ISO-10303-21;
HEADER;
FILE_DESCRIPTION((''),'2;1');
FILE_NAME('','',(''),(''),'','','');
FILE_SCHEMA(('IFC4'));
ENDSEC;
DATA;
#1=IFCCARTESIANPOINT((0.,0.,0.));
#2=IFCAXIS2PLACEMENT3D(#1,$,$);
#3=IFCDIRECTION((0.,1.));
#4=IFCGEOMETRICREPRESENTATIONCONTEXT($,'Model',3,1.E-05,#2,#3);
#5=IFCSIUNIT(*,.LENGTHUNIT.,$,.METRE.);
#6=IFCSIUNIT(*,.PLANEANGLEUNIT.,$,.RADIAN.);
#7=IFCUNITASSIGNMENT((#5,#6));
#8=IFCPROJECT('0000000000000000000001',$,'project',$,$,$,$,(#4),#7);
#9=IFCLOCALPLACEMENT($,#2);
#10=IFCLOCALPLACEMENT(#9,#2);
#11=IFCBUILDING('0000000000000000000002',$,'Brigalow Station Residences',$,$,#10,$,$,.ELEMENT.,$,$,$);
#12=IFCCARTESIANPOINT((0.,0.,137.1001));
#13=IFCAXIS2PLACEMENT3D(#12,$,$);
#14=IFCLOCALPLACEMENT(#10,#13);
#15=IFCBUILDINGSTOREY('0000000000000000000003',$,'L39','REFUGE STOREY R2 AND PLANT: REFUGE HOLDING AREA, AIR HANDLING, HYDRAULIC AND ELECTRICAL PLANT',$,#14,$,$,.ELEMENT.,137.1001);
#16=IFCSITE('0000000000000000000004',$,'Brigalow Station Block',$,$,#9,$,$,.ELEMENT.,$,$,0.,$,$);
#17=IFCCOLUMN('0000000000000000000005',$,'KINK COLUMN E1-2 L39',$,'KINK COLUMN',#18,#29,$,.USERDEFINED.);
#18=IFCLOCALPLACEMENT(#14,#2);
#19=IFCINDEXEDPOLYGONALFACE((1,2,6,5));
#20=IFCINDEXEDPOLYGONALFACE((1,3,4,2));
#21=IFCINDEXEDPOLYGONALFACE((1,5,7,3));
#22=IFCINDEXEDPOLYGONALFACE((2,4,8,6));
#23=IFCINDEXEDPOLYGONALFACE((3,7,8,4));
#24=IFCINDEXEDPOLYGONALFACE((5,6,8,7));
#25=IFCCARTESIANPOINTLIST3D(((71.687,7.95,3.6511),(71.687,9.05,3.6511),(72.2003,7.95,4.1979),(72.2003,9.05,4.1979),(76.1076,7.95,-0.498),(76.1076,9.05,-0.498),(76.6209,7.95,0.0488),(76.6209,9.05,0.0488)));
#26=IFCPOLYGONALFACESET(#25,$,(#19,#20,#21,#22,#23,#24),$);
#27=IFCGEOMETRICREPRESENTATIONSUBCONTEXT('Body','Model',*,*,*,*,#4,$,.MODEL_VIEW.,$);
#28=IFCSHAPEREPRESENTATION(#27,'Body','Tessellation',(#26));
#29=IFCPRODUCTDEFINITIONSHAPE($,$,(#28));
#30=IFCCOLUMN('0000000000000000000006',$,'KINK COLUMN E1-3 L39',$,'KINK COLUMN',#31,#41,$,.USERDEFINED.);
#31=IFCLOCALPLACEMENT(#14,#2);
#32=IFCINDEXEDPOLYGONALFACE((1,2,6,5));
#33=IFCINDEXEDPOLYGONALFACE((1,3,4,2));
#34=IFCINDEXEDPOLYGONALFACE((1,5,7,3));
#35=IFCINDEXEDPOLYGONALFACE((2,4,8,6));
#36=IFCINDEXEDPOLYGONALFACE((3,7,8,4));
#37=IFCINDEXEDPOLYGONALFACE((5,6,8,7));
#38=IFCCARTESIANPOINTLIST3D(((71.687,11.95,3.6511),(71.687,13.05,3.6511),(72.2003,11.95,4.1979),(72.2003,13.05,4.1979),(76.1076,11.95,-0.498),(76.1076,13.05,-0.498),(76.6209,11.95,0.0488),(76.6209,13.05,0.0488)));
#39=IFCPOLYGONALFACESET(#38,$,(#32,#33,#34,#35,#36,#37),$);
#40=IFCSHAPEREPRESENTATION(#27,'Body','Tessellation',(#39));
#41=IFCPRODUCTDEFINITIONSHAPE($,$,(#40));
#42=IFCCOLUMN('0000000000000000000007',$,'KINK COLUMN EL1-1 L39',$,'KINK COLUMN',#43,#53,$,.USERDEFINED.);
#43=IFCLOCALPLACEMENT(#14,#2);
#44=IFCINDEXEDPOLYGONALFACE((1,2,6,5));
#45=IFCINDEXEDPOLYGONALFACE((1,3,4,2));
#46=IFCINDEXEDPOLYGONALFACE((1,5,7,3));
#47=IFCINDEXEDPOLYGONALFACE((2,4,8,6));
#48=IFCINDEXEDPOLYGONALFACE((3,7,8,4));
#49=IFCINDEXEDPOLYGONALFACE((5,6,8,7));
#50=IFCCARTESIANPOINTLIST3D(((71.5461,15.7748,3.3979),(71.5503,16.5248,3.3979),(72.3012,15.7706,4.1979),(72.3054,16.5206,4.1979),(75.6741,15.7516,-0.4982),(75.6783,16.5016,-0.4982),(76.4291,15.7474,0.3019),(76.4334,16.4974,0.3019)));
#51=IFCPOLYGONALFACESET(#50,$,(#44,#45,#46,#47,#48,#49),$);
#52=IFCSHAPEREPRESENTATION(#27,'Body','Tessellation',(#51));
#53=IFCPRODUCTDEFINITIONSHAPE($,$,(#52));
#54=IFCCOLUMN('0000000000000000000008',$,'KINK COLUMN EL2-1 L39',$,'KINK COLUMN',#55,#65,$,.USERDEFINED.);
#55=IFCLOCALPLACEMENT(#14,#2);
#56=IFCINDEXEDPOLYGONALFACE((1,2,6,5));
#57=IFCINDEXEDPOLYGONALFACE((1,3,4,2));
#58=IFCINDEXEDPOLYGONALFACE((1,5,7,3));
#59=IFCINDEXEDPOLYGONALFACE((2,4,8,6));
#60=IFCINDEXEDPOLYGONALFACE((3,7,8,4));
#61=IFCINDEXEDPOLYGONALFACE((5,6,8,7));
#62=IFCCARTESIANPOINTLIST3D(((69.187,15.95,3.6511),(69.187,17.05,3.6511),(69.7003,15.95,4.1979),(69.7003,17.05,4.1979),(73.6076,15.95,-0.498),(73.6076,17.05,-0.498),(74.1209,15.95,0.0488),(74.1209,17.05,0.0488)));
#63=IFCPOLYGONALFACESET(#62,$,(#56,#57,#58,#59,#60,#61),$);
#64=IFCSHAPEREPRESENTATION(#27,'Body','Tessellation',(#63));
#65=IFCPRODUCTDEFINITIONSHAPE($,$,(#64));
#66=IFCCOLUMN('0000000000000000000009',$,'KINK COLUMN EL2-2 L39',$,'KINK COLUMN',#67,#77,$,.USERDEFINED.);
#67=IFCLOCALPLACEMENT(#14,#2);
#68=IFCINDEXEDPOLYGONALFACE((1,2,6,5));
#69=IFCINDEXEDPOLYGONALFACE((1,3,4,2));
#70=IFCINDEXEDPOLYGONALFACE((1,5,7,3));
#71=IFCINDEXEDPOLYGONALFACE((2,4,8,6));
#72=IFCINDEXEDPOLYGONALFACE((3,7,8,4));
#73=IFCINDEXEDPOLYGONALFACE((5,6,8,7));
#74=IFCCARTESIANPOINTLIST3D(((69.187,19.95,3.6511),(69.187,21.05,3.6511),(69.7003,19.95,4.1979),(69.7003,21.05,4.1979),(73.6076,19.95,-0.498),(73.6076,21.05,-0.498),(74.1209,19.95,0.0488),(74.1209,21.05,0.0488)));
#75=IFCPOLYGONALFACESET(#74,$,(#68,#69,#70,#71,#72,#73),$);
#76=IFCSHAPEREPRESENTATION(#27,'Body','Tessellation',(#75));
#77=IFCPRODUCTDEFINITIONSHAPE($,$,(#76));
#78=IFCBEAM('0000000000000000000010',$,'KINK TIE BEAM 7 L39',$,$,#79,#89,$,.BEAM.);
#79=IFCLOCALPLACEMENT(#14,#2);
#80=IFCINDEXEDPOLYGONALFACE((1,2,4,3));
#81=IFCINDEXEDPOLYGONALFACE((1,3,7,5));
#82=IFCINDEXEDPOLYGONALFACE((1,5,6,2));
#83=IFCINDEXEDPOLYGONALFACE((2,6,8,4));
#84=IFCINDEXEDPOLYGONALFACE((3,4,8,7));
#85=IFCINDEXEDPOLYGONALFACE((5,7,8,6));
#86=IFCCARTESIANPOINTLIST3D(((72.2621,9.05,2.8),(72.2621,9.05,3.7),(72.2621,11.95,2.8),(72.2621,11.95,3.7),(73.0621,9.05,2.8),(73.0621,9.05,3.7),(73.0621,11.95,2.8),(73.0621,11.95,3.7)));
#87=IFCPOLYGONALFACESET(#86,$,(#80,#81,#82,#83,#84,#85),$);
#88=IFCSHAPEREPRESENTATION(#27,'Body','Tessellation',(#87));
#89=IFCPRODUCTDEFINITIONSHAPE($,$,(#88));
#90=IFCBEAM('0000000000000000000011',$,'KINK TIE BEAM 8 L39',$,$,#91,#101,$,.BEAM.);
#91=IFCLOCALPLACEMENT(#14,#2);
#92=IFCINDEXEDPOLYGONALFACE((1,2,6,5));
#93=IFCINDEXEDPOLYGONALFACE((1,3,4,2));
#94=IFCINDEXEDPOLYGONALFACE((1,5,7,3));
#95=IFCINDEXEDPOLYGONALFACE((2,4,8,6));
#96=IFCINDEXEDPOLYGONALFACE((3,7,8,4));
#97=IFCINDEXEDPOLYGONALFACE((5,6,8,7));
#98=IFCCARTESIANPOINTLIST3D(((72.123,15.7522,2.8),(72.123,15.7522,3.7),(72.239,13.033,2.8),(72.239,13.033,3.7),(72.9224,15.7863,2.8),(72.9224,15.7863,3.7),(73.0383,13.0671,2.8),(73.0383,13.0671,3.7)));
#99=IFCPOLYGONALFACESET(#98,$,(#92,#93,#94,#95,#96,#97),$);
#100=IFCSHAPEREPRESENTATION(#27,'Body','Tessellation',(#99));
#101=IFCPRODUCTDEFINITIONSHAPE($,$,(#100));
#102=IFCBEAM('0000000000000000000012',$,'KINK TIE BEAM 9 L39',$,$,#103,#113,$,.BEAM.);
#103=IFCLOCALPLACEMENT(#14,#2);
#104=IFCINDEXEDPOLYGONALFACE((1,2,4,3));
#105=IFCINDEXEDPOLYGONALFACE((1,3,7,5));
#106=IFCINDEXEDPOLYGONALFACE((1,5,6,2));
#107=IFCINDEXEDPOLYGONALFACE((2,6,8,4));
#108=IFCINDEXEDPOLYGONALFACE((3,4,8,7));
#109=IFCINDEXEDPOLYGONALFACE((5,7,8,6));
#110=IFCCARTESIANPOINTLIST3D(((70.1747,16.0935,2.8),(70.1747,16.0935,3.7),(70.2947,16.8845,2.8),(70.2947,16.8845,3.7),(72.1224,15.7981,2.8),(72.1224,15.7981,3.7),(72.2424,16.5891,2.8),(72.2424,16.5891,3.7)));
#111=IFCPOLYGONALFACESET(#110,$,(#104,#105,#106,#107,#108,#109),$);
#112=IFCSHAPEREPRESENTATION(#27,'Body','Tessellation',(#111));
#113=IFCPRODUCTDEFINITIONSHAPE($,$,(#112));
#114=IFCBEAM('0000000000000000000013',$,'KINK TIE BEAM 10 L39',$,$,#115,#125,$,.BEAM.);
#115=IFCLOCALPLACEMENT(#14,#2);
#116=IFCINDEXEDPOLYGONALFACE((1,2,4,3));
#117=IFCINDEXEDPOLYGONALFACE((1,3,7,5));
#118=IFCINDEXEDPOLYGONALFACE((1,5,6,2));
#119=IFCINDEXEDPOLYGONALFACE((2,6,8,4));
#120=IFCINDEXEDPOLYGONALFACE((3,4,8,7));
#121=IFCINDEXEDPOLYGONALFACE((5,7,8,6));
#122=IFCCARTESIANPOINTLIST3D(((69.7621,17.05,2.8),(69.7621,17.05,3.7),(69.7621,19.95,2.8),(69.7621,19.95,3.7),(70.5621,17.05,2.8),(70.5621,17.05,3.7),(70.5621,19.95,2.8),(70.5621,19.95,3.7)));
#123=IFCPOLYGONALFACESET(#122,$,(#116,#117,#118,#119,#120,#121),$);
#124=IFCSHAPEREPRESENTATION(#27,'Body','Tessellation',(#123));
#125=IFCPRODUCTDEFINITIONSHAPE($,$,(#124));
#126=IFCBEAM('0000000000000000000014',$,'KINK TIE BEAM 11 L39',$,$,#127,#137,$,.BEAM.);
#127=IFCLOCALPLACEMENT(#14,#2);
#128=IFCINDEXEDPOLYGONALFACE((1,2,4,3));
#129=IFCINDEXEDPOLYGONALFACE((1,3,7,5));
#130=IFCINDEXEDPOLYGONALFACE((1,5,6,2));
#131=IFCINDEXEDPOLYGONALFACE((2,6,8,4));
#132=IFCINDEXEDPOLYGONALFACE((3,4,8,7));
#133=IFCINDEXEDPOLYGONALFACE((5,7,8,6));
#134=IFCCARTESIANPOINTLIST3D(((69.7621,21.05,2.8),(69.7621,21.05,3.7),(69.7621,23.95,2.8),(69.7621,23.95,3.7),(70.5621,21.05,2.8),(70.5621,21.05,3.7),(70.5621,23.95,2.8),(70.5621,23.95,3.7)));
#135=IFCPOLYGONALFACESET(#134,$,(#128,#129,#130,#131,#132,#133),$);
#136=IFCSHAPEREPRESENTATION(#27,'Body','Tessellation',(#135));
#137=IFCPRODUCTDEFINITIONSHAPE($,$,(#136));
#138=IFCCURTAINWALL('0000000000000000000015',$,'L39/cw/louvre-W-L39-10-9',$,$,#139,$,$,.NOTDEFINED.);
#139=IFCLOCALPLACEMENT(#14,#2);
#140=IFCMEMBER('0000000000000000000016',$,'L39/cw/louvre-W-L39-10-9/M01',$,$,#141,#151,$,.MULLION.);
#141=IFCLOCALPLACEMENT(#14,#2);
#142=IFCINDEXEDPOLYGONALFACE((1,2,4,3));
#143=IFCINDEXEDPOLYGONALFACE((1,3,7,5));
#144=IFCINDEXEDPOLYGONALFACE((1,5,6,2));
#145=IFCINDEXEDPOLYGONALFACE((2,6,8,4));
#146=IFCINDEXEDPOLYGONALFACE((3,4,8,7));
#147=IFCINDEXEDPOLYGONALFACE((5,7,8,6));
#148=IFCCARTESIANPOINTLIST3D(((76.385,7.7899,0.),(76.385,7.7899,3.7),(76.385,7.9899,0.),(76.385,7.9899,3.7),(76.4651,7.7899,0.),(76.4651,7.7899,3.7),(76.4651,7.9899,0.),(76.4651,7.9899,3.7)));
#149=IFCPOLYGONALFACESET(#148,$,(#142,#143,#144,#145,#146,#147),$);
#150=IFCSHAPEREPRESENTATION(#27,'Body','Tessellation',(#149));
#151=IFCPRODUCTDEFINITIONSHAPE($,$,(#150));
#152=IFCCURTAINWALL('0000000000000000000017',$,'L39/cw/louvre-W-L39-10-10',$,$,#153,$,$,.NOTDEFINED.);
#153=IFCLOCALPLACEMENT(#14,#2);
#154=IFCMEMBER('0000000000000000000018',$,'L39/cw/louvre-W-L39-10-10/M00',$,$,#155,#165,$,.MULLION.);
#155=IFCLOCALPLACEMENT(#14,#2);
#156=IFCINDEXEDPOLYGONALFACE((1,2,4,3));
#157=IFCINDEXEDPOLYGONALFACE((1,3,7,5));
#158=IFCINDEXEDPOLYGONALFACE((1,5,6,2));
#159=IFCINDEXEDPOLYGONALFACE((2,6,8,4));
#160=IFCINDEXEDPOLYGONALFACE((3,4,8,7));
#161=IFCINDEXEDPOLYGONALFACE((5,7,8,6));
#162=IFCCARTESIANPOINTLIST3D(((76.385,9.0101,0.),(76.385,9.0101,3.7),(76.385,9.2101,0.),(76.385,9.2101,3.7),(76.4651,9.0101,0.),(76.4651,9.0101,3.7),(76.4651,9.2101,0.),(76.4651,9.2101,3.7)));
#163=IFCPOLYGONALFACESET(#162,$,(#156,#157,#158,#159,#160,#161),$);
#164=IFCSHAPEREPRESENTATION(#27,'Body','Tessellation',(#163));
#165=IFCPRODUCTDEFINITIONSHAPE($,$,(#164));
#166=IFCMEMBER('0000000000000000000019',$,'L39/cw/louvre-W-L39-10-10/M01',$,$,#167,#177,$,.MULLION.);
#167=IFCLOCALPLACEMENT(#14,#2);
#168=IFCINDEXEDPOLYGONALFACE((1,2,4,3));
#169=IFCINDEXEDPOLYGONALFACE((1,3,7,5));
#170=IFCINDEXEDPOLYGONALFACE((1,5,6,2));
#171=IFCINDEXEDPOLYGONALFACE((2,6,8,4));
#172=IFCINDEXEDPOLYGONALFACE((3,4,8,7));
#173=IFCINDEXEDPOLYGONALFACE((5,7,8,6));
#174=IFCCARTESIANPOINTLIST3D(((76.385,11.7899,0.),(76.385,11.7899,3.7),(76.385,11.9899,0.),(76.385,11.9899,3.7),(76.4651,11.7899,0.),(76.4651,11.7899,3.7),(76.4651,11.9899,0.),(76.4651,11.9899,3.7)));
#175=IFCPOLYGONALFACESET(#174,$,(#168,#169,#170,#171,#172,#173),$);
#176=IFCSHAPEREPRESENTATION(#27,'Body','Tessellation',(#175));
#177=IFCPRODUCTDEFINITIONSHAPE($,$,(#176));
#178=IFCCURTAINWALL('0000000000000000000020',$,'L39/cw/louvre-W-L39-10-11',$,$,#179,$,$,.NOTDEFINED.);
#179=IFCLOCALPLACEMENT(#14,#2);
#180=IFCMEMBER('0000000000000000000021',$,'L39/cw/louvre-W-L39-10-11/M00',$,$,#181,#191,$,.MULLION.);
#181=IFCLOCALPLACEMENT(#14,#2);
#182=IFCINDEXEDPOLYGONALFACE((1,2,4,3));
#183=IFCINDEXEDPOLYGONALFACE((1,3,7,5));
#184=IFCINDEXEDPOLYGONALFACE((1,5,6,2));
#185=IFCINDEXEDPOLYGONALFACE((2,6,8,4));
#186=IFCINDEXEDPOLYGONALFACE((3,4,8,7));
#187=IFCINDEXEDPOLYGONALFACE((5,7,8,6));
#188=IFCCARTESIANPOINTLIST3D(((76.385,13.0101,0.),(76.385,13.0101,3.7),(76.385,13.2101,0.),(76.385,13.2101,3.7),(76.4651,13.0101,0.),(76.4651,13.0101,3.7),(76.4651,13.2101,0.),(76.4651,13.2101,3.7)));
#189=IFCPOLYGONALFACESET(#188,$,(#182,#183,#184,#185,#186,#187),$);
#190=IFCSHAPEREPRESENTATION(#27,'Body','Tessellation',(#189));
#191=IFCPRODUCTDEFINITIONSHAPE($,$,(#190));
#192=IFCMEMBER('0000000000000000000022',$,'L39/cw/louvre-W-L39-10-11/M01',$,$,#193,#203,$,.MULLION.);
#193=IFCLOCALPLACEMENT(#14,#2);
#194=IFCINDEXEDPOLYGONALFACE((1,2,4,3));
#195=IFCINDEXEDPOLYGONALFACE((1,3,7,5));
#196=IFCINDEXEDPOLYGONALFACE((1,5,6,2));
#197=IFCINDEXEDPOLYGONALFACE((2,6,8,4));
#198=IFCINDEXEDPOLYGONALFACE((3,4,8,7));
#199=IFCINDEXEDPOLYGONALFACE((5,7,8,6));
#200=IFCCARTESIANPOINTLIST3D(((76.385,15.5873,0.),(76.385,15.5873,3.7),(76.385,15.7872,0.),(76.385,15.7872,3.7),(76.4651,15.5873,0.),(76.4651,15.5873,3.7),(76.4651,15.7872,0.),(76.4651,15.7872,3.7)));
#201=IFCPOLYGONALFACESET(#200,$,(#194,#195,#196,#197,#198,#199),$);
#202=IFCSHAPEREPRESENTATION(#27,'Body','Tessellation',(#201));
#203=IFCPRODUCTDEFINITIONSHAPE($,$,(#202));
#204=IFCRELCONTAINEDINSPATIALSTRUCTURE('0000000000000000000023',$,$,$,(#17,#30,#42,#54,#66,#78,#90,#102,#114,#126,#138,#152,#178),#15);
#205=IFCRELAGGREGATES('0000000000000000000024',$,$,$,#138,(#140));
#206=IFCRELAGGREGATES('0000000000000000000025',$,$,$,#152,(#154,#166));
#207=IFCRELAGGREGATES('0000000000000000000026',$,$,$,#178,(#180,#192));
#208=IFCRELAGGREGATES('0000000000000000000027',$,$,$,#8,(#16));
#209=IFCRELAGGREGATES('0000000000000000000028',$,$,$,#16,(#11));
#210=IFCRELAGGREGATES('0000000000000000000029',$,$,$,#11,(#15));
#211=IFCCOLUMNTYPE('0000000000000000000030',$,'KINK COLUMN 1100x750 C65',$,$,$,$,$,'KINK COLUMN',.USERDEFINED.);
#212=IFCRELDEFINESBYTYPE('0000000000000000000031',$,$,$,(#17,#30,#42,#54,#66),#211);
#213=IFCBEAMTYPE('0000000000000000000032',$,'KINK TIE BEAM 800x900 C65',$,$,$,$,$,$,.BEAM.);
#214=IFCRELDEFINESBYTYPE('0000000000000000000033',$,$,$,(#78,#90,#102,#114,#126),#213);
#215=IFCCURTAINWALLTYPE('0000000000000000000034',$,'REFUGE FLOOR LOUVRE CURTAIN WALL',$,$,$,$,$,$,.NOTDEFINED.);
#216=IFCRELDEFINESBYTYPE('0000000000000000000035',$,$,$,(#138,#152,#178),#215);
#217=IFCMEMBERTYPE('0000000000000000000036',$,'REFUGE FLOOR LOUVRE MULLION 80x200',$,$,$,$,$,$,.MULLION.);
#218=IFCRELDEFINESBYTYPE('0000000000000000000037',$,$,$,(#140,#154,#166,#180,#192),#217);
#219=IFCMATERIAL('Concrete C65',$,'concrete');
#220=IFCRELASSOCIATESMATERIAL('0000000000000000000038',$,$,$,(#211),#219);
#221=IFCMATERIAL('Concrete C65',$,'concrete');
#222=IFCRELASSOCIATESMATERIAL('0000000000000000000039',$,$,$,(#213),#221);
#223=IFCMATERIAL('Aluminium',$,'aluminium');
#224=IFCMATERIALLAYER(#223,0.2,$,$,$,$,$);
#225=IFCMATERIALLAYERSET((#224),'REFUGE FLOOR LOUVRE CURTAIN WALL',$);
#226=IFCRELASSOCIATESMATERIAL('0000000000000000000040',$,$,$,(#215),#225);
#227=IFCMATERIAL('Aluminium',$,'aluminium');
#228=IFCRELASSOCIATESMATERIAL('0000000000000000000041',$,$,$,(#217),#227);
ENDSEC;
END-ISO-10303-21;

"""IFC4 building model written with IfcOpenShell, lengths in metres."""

from ifc_helpers import new_model, si_unit, direction, frame, origin, origin_2d, place, context, subcontext, project, spatial, rectangle, extrude, material, layer, layer_set, material_profile, profile_set, type_object, element, aggregate, save


model = new_model("IFC4")

# Units and contexts
model_context = context("Model", 3, precision=1e-05, world=origin(), true_north=direction((0.0, 1.0)))
body_context = subcontext(model_context, "Body", "Model", "MODEL_VIEW")
ifc_project = project(units=[si_unit("LENGTHUNIT", "METRE"), si_unit("PLANEANGLEUNIT", "RADIAN")], contexts=[model_context])

# Site, building, storey
site_placement = place(None, origin())
site = spatial("IfcSite", under=ifc_project, at=site_placement, Name="Brigalow Station Block", CompositionType="ELEMENT", RefElevation=0.0)
building_placement = place(site_placement, origin())
building = spatial("IfcBuilding", under=site, at=building_placement, Name="Brigalow Station Residences", CompositionType="ELEMENT")
storey_placement = place(building_placement, frame((0.0, 0.0, 137.1001)))
storey = spatial("IfcBuildingStorey", under=building, at=storey_placement, Name="L39", Description="REFUGE STOREY R2 AND PLANT: REFUGE HOLDING AREA, AIR HANDLING, HYDRAULIC AND ELECTRICAL PLANT", CompositionType="ELEMENT", Elevation=137.1001)

# Columns
ifc_material_1 = material(Name="Concrete C65", Category="concrete")
ifc_material_profile_1 = material_profile(ifc_material_1, rectangle(XDim=1.1001, YDim=0.75, at=origin_2d()), Name="RC1100x750")
ifc_profile_set_1 = profile_set([ifc_material_profile_1], Name="Concrete C65")
column_type = type_object("IfcColumnType", Name="KINK COLUMN 1100x750 C65", ElementType="KINK COLUMN", PredefinedType="USERDEFINED", material=ifc_profile_set_1)
for number, where, z_axis, x_axis, name in (
    (1, (76.3643, 8.5, -0.2246), (-0.729142, 0.0, 0.684363), (0.0, -1.0, 0.0), "KINK COLUMN E1-2 L39"),
    (2, (76.3643, 12.5, -0.2246), (-0.729142, 0.0, 0.684363), (0.0, -1.0, 0.0), "KINK COLUMN E1-3 L39"),
):
    element("IfcColumn", number, at=place(storey_placement, frame(where, z_axis=z_axis, x_axis=x_axis)), inside=storey, type_object=column_type, Name=name, ObjectType="KINK COLUMN", PredefinedType="USERDEFINED", context=body_context, shape_type="SweptSolid", body=[
        extrude(rectangle(XDim=1.1001, YDim=0.75, at=origin_2d()), origin(), (0.0, 0.0, 1.0), 6.0627),
    ])
column_placement = place(storey_placement, frame((76.0537, 16.1245, -0.0981), z_axis=(-0.727236, 0.004086, 0.686375), x_axis=(0.686364, -0.003856, 0.727248)))
element("IfcColumn", 3, at=column_placement, inside=storey, type_object=column_type, Name="KINK COLUMN EL1-1 L39", ObjectType="KINK COLUMN", PredefinedType="USERDEFINED", context=body_context, shape_type="SweptSolid", body=[
    extrude(rectangle(XDim=1.1001, YDim=0.75, at=origin_2d()), origin(), (0.0, 0.0, 1.0), 5.6763),
])
for number, where, z_axis, x_axis, name in (
    (4, (73.8643, 16.5, -0.2246), (-0.729142, 0.0, 0.684363), (0.0, -1.0, 0.0), "KINK COLUMN EL2-1 L39"),
    (5, (73.8643, 20.5, -0.2246), (-0.729142, 0.0, 0.684363), (0.0, -1.0, 0.0), "KINK COLUMN EL2-2 L39"),
):
    element("IfcColumn", number, at=place(storey_placement, frame(where, z_axis=z_axis, x_axis=x_axis)), inside=storey, type_object=column_type, Name=name, ObjectType="KINK COLUMN", PredefinedType="USERDEFINED", context=body_context, shape_type="SweptSolid", body=[
        extrude(rectangle(XDim=1.1001, YDim=0.75, at=origin_2d()), origin(), (0.0, 0.0, 1.0), 6.0627),
    ])

# Beams
ifc_material_2 = material(Name="Concrete C65", Category="concrete")
ifc_material_profile_2 = material_profile(ifc_material_2, rectangle(XDim=0.8, YDim=0.8999, at=origin_2d()), Name="RC800x900")
ifc_profile_set_2 = profile_set([ifc_material_profile_2], Name="Concrete C65")
beam_type = type_object("IfcBeamType", Name="KINK TIE BEAM 800x900 C65", PredefinedType="BEAM", material=ifc_profile_set_2)
beam_1_placement = place(storey_placement, frame((72.6621, 9.05, 3.25), z_axis=(0.0, 1.0, 0.0), x_axis=(-1.0, 0.0, 0.0)))
element("IfcBeam", 6, at=beam_1_placement, inside=storey, type_object=beam_type, Name="KINK TIE BEAM 7 L39", PredefinedType="BEAM", context=body_context, shape_type="SweptSolid", body=[
    extrude(rectangle(XDim=0.8, YDim=0.8999, at=origin_2d()), origin(), (0.0, 0.0, 1.0), 2.8999),
])
beam_2_placement = place(storey_placement, frame((72.6387, 13.05, 3.25), z_axis=(-0.042608, 0.999092, 0.0), x_axis=(-0.999092, -0.042608, 0.0)))
element("IfcBeam", 7, at=beam_2_placement, inside=storey, type_object=beam_type, Name="KINK TIE BEAM 8 L39", PredefinedType="BEAM", context=body_context, shape_type="SweptSolid", body=[
    extrude(rectangle(XDim=0.8, YDim=0.8999, at=origin_2d()), origin(), (0.0, 0.0, 1.0), 2.7217),
])
beam_3_placement = place(storey_placement, frame((72.1824, 16.1936, 3.25), z_axis=(-0.988693, 0.149952, 0.0), x_axis=(-0.149952, -0.988693, 0.0)))
element("IfcBeam", 8, at=beam_3_placement, inside=storey, type_object=beam_type, Name="KINK TIE BEAM 9 L39", PredefinedType="BEAM", context=body_context, shape_type="SweptSolid", body=[
    extrude(rectangle(XDim=0.8, YDim=0.8999, at=origin_2d()), origin(), (0.0, 0.0, 1.0), 1.97),
])
for number, where, z_axis, x_axis, name in (
    (9, (70.1621, 17.05, 3.25), (0.0, 1.0, 0.0), (-1.0, 0.0, 0.0), "KINK TIE BEAM 10 L39"),
    (10, (70.1621, 21.05, 3.25), (0.0, 1.0, 0.0), (-1.0, 0.0, 0.0), "KINK TIE BEAM 11 L39"),
):
    element("IfcBeam", number, at=place(storey_placement, frame(where, z_axis=z_axis, x_axis=x_axis)), inside=storey, type_object=beam_type, Name=name, PredefinedType="BEAM", context=body_context, shape_type="SweptSolid", body=[
        extrude(rectangle(XDim=0.8, YDim=0.8999, at=origin_2d()), origin(), (0.0, 0.0, 1.0), 2.8999),
    ])

# Curtain wall, member
ifc_material_3 = material(Name="Aluminium", Category="aluminium")
ifc_layer_1 = layer(ifc_material_3, 0.2)
ifc_layer_set_1 = layer_set([ifc_layer_1], Name="REFUGE FLOOR LOUVRE CURTAIN WALL")
curtain_wall_type = type_object("IfcCurtainWallType", Name="REFUGE FLOOR LOUVRE CURTAIN WALL", PredefinedType="NOTDEFINED", material=ifc_layer_set_1)
curtain_wall_1_placement = place(storey_placement, origin())
curtain_wall_1 = element("IfcCurtainWall", 11, at=curtain_wall_1_placement, inside=storey, type_object=curtain_wall_type, Name="L39/cw/louvre-W-L39-10-9", PredefinedType="NOTDEFINED")
ifc_material_4 = material(Name="Aluminium", Category="aluminium")
ifc_material_profile_3 = material_profile(ifc_material_4, rectangle(XDim=0.0801, YDim=0.2, at=origin_2d()), Name="REFUGE FLOOR LOUVRE MULLION 80x200")
ifc_profile_set_3 = profile_set([ifc_material_profile_3], Name="Aluminium")
member_type_1 = type_object("IfcMemberType", Name="REFUGE FLOOR LOUVRE MULLION 80x200", PredefinedType="MULLION", material=ifc_profile_set_3)
member_1_placement = place(storey_placement, frame((76.425, 7.8899, 0.0), z_axis=(0.0, 0.0, 1.0), x_axis=(-1.0, 0.0, 0.0)))
member_1 = element("IfcMember", 12, at=member_1_placement, type_object=member_type_1, Name="L39/cw/louvre-W-L39-10-9/M01", PredefinedType="MULLION", context=body_context, shape_type="SweptSolid", body=[
    extrude(rectangle(XDim=0.0801, YDim=0.2, at=origin_2d()), origin(), (0.0, 0.0, 1.0), 3.7),
])

# Curtain walls, members
curtain_wall_2_placement = place(storey_placement, origin())
curtain_wall_2 = element("IfcCurtainWall", 13, at=curtain_wall_2_placement, inside=storey, type_object=curtain_wall_type, Name="L39/cw/louvre-W-L39-10-10", PredefinedType="NOTDEFINED")
member_2_placement = place(storey_placement, frame((76.425, 9.1101, 0.0), z_axis=(0.0, 0.0, 1.0), x_axis=(-1.0, 0.0, 0.0)))
member_2 = element("IfcMember", 14, at=member_2_placement, type_object=member_type_1, Name="L39/cw/louvre-W-L39-10-10/M00", PredefinedType="MULLION", context=body_context, shape_type="SweptSolid", body=[
    extrude(rectangle(XDim=0.0801, YDim=0.2, at=origin_2d()), origin(), (0.0, 0.0, 1.0), 3.7),
])
member_3_placement = place(storey_placement, frame((76.425, 11.8899, 0.0), z_axis=(0.0, 0.0, 1.0), x_axis=(-1.0, 0.0, 0.0)))
member_3 = element("IfcMember", 15, at=member_3_placement, type_object=member_type_1, Name="L39/cw/louvre-W-L39-10-10/M01", PredefinedType="MULLION", context=body_context, shape_type="SweptSolid", body=[
    extrude(rectangle(XDim=0.0801, YDim=0.2, at=origin_2d()), origin(), (0.0, 0.0, 1.0), 3.7),
])
curtain_wall_3_placement = place(storey_placement, origin())
curtain_wall_3 = element("IfcCurtainWall", 16, at=curtain_wall_3_placement, inside=storey, type_object=curtain_wall_type, Name="L39/cw/louvre-W-L39-10-11", PredefinedType="NOTDEFINED")
member_4_placement = place(storey_placement, frame((76.425, 13.1101, 0.0), z_axis=(0.0, 0.0, 1.0), x_axis=(-1.0, 0.0, 0.0)))
member_4 = element("IfcMember", 17, at=member_4_placement, type_object=member_type_1, Name="L39/cw/louvre-W-L39-10-11/M00", PredefinedType="MULLION", context=body_context, shape_type="SweptSolid", body=[
    extrude(rectangle(XDim=0.0801, YDim=0.2, at=origin_2d()), origin(), (0.0, 0.0, 1.0), 3.7),
])
member_5_placement = place(storey_placement, frame((76.425, 15.6873, 0.0), z_axis=(0.0, 0.0, 1.0), x_axis=(-1.0, 0.0, 0.0)))
member_5 = element("IfcMember", 18, at=member_5_placement, type_object=member_type_1, Name="L39/cw/louvre-W-L39-10-11/M01", PredefinedType="MULLION", context=body_context, shape_type="SweptSolid", body=[
    extrude(rectangle(XDim=0.0801, YDim=0.2, at=origin_2d()), origin(), (0.0, 0.0, 1.0), 3.7),
])

aggregate(curtain_wall_1, [member_1])
aggregate(curtain_wall_2, [member_2, member_3])
aggregate(curtain_wall_3, [member_4, member_5])

save(model, "model.ifc")
